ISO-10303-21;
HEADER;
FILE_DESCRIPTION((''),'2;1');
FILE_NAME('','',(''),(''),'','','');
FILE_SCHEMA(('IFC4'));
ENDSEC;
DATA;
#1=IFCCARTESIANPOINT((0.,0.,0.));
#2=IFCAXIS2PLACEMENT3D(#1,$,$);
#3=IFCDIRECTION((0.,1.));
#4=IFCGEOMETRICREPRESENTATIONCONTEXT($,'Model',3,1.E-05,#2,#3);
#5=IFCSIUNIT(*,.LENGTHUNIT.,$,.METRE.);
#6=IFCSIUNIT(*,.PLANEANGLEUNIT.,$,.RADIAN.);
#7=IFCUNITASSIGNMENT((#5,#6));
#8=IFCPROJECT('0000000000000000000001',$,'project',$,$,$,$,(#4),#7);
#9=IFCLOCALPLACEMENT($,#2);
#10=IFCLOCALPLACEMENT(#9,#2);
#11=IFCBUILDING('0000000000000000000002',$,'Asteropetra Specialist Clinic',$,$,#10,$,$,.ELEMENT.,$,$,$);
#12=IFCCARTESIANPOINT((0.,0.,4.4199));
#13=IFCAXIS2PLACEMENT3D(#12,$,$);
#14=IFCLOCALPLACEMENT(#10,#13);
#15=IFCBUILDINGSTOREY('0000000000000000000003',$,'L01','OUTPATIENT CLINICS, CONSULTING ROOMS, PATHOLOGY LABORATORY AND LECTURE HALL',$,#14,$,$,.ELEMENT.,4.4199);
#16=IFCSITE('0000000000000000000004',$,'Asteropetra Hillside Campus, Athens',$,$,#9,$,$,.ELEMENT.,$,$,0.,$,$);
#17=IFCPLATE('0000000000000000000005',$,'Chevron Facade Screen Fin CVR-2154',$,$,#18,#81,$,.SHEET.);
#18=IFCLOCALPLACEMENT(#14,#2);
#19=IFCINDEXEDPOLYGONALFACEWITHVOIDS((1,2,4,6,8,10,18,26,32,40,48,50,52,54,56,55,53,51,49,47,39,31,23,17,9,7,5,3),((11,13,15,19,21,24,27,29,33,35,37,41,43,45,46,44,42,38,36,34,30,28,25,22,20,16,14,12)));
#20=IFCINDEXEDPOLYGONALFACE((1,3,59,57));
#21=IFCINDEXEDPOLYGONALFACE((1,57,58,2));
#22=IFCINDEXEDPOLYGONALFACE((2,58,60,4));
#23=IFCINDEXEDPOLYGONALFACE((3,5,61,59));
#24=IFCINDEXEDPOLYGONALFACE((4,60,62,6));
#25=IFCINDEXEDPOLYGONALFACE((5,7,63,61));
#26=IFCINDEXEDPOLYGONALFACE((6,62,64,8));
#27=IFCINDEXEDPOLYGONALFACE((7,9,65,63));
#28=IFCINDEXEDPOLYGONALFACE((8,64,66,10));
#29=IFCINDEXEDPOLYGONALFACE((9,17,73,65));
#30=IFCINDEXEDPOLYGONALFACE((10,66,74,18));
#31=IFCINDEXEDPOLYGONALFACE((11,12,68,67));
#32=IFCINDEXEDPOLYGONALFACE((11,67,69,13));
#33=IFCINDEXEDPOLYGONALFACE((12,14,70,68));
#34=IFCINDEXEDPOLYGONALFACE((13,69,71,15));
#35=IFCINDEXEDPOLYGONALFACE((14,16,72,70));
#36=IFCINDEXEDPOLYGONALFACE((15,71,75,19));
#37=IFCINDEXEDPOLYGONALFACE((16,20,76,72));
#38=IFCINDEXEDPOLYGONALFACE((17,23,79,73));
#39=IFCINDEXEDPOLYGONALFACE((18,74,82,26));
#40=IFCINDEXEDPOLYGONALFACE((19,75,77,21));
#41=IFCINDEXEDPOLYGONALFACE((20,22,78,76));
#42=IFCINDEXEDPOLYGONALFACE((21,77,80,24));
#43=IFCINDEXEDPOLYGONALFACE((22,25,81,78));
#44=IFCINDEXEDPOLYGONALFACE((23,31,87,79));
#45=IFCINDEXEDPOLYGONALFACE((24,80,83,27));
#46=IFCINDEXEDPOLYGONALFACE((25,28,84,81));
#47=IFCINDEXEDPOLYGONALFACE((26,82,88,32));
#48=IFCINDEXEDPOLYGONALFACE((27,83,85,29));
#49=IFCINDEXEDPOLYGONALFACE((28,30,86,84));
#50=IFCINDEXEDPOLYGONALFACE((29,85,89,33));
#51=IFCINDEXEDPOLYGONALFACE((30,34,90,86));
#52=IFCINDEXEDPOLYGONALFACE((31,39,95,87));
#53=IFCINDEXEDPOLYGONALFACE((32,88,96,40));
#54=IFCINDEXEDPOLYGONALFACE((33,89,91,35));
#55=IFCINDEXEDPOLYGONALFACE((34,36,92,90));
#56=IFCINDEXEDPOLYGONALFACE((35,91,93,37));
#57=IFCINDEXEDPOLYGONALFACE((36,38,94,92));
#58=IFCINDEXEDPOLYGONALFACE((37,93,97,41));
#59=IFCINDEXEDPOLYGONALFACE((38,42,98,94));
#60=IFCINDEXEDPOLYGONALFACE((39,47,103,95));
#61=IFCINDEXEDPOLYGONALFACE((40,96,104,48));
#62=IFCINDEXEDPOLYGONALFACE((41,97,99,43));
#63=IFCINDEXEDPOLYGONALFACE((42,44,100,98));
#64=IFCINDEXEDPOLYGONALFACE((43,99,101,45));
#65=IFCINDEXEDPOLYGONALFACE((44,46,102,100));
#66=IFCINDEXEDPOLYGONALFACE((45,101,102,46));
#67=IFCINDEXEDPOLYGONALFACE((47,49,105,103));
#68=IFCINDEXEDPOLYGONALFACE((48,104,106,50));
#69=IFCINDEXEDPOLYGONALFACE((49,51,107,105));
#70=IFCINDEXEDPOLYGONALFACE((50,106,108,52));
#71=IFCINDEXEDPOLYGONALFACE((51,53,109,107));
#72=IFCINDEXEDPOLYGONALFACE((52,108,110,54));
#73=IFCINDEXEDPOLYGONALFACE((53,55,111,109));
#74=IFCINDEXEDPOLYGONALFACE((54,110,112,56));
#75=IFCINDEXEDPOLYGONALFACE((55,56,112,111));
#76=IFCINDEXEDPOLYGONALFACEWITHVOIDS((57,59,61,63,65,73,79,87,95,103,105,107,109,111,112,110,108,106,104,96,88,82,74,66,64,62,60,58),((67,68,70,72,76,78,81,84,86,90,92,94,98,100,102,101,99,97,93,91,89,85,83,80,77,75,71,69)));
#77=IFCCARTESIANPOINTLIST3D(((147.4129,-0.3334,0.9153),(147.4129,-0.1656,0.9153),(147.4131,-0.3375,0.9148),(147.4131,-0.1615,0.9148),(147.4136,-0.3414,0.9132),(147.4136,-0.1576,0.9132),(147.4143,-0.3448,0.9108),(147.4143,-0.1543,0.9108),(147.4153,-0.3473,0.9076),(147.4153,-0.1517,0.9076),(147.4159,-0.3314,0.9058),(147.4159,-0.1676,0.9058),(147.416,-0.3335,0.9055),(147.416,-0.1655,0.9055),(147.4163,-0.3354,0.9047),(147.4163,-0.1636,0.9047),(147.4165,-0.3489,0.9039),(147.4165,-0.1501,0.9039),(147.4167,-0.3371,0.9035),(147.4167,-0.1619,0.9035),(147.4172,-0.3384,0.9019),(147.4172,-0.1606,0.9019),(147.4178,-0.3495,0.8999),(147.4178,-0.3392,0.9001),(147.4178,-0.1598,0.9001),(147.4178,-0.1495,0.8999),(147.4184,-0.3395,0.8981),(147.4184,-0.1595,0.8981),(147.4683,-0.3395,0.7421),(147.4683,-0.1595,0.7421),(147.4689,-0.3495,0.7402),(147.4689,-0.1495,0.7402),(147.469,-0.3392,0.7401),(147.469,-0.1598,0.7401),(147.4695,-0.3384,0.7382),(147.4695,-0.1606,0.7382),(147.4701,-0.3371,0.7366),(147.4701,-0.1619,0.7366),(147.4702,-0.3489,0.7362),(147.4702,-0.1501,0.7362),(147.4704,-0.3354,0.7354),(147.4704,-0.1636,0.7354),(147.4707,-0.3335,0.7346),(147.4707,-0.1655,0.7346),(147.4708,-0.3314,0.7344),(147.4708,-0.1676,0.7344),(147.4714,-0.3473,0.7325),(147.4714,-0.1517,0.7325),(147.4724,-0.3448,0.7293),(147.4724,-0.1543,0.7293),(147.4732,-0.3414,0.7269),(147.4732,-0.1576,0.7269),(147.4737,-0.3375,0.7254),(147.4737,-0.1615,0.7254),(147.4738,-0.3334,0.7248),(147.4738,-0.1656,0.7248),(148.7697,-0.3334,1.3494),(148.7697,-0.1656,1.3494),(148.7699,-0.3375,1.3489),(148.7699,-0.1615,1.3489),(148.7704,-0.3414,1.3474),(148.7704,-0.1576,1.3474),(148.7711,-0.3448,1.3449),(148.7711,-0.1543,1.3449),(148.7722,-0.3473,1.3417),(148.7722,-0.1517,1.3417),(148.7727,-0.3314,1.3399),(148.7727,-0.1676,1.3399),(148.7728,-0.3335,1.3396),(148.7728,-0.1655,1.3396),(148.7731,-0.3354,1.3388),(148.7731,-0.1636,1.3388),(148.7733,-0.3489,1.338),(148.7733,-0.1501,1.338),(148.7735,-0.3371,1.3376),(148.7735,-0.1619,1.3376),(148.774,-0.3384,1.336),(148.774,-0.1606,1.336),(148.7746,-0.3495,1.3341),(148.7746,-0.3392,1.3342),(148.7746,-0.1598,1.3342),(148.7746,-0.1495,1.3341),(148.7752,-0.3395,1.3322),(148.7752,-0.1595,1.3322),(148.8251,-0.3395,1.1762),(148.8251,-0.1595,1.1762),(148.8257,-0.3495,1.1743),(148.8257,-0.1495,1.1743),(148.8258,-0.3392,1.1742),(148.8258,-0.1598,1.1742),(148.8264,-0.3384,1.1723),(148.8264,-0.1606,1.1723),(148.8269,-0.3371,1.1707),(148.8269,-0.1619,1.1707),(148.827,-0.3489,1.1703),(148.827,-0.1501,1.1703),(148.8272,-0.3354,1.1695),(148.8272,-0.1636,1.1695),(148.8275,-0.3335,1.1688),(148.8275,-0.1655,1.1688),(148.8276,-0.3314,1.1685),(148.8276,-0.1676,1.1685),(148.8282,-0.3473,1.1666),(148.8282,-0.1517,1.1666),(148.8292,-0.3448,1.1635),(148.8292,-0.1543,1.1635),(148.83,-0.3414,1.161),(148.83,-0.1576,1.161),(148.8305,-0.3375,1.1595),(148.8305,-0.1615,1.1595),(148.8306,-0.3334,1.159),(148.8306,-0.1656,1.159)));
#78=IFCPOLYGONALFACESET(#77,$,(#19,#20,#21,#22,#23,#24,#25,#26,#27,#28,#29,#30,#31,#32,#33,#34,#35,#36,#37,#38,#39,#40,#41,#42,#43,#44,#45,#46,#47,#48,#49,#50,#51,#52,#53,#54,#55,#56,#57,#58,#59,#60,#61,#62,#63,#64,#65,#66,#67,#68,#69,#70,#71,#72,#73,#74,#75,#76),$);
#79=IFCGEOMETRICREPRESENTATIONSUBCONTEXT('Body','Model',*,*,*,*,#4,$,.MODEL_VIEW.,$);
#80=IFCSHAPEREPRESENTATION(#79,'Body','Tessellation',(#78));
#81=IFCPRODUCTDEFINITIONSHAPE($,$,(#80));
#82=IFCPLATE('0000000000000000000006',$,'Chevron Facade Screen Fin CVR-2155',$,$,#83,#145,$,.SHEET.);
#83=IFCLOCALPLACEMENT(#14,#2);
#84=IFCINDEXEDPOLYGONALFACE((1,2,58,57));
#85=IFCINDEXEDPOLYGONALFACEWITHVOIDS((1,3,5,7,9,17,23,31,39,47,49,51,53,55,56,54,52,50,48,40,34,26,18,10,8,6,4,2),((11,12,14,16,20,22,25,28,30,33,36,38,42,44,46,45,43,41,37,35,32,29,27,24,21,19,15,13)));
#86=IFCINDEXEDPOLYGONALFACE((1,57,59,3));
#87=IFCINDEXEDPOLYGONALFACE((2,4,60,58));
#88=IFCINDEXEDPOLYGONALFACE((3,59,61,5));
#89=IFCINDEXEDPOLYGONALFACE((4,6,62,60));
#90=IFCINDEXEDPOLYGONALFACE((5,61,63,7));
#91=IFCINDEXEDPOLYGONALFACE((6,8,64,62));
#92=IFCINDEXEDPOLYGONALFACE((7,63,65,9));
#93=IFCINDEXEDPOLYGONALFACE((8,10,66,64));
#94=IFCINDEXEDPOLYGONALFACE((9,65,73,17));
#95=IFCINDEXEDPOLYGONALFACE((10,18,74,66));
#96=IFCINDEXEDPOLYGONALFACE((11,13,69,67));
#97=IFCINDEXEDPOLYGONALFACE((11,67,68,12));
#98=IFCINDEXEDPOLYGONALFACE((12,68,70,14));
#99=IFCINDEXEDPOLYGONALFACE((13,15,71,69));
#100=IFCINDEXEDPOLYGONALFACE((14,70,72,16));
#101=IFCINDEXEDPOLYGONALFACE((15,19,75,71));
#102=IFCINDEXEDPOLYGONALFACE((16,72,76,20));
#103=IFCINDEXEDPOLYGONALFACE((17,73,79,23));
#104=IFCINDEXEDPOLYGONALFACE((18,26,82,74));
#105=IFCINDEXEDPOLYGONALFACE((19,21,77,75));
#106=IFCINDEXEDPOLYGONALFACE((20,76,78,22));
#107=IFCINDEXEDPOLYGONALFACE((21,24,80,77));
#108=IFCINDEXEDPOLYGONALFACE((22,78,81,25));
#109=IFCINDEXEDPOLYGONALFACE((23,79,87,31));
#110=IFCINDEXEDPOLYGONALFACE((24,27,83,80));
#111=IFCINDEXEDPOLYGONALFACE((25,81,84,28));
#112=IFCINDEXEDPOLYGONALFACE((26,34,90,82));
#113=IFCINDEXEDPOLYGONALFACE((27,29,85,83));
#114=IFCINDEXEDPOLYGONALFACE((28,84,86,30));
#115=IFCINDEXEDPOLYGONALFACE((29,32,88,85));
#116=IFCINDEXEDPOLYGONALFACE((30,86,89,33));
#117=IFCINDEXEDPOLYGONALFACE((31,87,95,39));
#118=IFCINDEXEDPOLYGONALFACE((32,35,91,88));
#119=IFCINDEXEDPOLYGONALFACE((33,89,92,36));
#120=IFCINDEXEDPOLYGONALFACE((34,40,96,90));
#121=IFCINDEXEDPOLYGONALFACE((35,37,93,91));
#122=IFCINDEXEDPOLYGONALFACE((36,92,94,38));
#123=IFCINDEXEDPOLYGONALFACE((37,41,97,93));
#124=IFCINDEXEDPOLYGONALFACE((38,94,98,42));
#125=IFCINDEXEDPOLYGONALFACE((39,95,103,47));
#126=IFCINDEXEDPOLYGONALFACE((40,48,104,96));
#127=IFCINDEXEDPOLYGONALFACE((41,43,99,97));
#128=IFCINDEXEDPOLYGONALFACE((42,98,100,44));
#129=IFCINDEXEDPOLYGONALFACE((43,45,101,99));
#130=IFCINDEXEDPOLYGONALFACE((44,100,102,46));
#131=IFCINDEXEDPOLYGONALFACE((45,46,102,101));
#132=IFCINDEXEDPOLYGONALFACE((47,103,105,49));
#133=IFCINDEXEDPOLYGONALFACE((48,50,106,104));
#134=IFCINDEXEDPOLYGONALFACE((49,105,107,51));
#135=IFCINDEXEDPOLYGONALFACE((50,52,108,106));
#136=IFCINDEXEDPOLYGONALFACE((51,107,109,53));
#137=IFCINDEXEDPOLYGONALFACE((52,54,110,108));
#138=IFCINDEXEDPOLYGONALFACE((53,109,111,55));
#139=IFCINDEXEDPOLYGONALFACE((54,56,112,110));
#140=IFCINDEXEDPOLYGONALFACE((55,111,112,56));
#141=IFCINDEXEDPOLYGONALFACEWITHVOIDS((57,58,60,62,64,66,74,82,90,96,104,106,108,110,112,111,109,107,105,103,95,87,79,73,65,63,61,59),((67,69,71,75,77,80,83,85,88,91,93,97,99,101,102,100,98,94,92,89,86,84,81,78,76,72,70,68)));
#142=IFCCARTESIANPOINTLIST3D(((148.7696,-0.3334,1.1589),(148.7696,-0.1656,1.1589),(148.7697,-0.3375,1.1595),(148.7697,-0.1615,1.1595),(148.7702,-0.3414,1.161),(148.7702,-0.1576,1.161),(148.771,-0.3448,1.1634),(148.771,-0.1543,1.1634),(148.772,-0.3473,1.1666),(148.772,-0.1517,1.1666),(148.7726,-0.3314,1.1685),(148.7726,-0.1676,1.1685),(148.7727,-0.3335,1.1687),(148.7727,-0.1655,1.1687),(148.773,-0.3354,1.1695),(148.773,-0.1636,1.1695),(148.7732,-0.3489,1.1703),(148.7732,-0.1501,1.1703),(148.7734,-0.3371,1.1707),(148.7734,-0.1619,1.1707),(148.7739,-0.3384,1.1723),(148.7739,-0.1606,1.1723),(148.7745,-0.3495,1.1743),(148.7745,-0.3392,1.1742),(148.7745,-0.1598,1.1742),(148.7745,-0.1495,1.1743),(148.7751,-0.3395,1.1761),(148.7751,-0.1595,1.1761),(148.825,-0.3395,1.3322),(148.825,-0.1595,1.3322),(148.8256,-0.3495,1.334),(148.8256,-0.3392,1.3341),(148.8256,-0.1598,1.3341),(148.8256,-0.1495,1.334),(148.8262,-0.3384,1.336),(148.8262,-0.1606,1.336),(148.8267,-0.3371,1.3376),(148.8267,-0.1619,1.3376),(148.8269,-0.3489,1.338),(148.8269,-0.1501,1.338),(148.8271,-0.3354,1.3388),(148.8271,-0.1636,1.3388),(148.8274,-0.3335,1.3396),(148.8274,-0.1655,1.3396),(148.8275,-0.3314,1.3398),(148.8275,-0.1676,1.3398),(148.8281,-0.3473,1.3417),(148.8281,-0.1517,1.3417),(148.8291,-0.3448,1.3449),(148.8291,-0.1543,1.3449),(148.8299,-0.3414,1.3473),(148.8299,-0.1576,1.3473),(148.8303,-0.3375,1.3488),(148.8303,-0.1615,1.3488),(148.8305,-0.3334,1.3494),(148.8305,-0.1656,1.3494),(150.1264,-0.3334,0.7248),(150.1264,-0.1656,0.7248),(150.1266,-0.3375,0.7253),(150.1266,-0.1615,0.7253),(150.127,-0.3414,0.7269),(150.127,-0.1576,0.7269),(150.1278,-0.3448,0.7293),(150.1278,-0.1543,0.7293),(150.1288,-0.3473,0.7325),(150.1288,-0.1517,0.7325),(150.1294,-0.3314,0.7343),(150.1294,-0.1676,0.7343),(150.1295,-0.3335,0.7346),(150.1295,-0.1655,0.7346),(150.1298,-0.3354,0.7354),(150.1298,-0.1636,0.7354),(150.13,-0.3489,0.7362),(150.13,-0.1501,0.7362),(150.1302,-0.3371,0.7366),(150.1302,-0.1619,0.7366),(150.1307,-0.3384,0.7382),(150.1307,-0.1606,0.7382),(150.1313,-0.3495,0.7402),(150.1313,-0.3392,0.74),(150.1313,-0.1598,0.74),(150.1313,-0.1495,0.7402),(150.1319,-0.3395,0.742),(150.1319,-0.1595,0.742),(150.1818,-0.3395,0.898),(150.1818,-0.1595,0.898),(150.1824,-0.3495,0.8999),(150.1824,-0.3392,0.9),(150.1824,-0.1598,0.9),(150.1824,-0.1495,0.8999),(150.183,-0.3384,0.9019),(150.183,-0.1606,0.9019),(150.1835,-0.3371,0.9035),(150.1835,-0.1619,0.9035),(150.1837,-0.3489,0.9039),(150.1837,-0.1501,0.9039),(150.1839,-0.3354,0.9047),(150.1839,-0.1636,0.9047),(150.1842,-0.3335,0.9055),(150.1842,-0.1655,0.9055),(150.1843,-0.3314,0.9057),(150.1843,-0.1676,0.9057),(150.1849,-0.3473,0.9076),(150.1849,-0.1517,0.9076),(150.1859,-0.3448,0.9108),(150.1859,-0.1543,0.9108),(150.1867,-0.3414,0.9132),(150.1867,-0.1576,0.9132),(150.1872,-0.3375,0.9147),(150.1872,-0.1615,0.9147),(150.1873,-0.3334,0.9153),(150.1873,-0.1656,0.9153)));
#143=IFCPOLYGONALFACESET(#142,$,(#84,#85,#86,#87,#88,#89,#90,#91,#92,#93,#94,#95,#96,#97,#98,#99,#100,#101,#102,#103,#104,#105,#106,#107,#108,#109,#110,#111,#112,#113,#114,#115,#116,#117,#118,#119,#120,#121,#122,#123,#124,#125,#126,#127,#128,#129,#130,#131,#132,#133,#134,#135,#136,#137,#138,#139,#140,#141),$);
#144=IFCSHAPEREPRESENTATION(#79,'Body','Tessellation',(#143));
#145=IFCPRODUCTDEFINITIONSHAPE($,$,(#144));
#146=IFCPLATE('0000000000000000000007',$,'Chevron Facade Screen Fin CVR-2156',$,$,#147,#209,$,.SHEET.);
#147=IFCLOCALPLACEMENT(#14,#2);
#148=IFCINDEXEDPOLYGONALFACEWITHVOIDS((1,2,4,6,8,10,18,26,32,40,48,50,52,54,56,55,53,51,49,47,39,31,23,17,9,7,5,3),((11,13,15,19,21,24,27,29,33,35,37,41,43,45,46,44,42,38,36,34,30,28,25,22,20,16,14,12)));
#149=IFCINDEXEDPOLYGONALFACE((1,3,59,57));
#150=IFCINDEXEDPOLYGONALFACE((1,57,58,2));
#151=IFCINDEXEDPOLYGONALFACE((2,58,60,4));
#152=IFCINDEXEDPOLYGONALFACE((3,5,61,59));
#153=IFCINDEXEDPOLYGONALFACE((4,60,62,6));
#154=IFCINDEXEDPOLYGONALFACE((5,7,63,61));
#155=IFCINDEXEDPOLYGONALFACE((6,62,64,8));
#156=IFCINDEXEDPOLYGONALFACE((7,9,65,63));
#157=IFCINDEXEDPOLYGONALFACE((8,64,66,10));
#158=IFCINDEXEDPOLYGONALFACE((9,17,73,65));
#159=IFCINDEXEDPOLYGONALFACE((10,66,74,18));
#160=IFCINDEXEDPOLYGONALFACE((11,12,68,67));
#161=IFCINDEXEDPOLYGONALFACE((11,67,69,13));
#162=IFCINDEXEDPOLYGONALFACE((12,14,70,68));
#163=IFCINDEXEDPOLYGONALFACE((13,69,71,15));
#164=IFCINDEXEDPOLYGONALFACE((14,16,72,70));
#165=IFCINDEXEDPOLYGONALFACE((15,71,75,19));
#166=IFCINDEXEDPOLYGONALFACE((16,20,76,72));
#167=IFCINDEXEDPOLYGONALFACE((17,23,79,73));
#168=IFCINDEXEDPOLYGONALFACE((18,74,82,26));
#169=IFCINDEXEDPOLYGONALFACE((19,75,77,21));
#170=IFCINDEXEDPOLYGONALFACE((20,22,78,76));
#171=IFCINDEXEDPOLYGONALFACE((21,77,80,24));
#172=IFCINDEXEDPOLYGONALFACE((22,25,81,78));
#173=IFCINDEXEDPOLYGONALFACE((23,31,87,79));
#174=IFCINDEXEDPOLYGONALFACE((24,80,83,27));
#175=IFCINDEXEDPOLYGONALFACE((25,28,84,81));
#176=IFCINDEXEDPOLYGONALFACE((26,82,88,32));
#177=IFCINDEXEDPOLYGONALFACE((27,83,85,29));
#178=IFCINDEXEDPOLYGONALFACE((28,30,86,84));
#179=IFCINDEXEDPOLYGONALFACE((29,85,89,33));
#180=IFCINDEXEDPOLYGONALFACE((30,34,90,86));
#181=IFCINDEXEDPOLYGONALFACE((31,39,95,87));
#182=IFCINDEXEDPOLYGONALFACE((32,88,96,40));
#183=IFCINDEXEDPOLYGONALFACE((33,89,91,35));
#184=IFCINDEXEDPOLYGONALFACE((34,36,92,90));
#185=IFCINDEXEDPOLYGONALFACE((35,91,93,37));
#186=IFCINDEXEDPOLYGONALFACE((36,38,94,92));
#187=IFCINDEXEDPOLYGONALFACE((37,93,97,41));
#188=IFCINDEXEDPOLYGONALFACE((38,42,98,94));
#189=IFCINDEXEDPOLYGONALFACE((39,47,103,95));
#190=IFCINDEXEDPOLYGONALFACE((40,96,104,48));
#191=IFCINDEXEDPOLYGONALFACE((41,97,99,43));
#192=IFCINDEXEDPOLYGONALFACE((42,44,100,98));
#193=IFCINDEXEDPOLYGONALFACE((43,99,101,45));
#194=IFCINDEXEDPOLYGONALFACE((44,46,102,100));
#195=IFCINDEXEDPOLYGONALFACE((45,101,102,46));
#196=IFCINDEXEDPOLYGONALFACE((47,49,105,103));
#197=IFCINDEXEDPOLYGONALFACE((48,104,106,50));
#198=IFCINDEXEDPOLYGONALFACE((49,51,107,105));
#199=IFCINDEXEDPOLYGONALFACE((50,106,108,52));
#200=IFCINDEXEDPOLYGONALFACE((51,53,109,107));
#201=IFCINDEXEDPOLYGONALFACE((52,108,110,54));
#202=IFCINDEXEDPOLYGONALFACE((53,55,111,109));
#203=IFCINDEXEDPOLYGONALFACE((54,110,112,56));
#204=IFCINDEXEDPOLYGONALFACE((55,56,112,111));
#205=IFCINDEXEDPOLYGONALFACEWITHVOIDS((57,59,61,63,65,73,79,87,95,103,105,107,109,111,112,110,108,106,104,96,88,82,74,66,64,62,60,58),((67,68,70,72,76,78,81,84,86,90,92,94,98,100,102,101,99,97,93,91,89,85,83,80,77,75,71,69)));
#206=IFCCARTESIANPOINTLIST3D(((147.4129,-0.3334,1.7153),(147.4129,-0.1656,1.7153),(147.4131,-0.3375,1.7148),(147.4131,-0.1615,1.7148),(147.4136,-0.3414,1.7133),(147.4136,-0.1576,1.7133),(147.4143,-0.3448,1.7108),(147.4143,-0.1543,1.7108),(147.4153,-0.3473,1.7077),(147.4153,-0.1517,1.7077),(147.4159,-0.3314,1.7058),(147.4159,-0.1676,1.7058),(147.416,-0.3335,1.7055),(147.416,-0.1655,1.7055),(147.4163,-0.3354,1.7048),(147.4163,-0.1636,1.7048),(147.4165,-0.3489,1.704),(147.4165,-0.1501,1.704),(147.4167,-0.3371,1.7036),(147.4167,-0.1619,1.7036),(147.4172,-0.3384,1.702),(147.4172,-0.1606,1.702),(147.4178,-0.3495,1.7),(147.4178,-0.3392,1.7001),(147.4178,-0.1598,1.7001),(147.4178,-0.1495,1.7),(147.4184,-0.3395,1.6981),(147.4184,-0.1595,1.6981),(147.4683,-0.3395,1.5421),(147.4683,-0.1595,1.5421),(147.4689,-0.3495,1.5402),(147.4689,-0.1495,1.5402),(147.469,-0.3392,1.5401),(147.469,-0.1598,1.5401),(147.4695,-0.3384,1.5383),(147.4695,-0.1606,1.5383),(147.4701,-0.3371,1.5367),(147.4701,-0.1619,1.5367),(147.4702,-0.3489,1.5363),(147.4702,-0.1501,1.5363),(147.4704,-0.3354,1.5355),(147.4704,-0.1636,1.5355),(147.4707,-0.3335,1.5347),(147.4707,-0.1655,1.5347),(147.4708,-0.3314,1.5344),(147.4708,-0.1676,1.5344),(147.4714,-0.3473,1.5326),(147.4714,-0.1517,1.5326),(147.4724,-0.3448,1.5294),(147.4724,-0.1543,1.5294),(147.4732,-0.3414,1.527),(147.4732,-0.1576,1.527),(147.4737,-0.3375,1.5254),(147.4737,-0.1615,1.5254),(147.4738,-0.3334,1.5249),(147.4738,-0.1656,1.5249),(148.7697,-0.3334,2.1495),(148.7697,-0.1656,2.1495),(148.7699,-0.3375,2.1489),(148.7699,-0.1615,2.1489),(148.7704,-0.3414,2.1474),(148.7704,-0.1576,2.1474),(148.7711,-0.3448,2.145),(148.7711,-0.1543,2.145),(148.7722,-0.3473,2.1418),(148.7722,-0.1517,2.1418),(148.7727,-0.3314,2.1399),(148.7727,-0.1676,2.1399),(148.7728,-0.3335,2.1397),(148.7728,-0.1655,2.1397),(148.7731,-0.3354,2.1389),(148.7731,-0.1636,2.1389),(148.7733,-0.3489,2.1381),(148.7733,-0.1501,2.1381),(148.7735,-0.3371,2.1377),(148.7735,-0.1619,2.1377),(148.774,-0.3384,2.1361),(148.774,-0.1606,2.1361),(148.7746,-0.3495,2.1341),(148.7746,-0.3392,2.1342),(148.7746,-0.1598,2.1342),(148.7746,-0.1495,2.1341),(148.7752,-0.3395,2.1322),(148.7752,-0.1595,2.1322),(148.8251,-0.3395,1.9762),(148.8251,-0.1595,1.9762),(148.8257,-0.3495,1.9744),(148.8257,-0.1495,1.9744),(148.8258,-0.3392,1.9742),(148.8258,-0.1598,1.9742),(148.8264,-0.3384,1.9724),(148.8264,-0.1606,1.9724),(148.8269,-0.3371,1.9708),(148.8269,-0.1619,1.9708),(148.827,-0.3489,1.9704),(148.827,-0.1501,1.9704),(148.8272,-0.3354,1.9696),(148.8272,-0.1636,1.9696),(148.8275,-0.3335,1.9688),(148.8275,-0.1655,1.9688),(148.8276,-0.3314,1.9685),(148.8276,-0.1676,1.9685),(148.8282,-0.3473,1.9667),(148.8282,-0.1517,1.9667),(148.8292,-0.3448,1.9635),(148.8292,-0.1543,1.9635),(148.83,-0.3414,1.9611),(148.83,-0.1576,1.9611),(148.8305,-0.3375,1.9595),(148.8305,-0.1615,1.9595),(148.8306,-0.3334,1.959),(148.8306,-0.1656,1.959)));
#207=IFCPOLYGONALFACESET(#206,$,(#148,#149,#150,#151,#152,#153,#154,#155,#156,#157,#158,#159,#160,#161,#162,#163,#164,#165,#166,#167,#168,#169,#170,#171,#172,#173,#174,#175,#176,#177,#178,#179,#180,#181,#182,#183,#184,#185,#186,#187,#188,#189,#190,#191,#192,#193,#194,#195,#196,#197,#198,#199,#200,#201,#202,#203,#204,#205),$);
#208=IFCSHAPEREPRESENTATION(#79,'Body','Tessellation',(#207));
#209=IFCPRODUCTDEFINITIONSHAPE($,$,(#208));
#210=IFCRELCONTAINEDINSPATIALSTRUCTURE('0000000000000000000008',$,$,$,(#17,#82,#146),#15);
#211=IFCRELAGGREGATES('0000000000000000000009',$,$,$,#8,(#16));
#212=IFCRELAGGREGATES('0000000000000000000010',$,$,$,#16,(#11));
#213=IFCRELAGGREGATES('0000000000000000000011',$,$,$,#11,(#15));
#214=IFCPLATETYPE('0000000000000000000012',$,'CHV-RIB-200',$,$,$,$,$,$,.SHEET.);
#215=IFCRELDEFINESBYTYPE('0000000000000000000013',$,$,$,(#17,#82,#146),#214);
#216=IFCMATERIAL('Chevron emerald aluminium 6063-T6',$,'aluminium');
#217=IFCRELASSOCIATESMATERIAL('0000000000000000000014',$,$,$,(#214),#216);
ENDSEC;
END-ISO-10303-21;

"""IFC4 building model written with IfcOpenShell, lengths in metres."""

from ifc_helpers import new_model, si_unit, direction, frame, origin, origin_2d, place, context, subcontext, project, spatial, hollow_rectangle, extrude, material, material_profile, profile_set, type_object, element, save


model = new_model("IFC4")

# Units and contexts
model_context = context("Model", 3, precision=1e-05, world=origin(), true_north=direction((0.0, 1.0)))
body_context = subcontext(model_context, "Body", "Model", "MODEL_VIEW")
ifc_project = project(units=[si_unit("LENGTHUNIT", "METRE"), si_unit("PLANEANGLEUNIT", "RADIAN")], contexts=[model_context])

# Site, building, storey
site_placement = place(None, origin())
site = spatial("IfcSite", under=ifc_project, at=site_placement, Name="Asteropetra Hillside Campus, Athens", CompositionType="ELEMENT", RefElevation=0.0)
building_placement = place(site_placement, origin())
building = spatial("IfcBuilding", under=site, at=building_placement, Name="Asteropetra Specialist Clinic", CompositionType="ELEMENT")
storey_placement = place(building_placement, frame((0.0, 0.0, 4.4199)))
storey = spatial("IfcBuildingStorey", under=building, at=storey_placement, Name="L01", Description="OUTPATIENT CLINICS, CONSULTING ROOMS, PATHOLOGY LABORATORY AND LECTURE HALL", CompositionType="ELEMENT", Elevation=4.4199)

# Plates
ifc_material_1 = material(Name="Chevron emerald aluminium 6063-T6", Category="aluminium")
ifc_material_profile_1 = material_profile(ifc_material_1, hollow_rectangle(XDim=0.2, YDim=0.2, WallThickness=0.01, InnerFilletRadius=0.0081, OuterFilletRadius=0.0161, at=origin_2d()), Name="SHS 200x200x10.0")
ifc_profile_set_1 = profile_set([ifc_material_profile_1], Name="Chevron emerald aluminium 6063-T6")
plate_type = type_object("IfcPlateType", Name="CHV-RIB-200", PredefinedType="SHEET", material=ifc_profile_set_1)
for number, where, z_axis, x_axis, name in (
    (1, (147.4434, -0.2495, 0.8201), (0.952436, 0.0, 0.304738), (0.0, 1.0, 0.0), "Chevron Facade Screen Fin CVR-2154"),
    (2, (148.8, -0.2495, 1.2542), (0.952436, 0.0, -0.304738), (0.0, 1.0, 0.0), "Chevron Facade Screen Fin CVR-2155"),
    (3, (147.4434, -0.2495, 1.6201), (0.952436, 0.0, 0.304738), (0.0, 1.0, 0.0), "Chevron Facade Screen Fin CVR-2156"),
):
    element("IfcPlate", number, at=place(storey_placement, frame(where, z_axis=z_axis, x_axis=x_axis)), inside=storey, type_object=plate_type, Name=name, PredefinedType="SHEET", context=body_context, shape_type="SweptSolid", body=[
        extrude(hollow_rectangle(XDim=0.2, YDim=0.2, WallThickness=0.01, InnerFilletRadius=0.0081, OuterFilletRadius=0.0161, at=origin_2d()), origin(), (0.0, 0.0, 1.0), 1.4246),
    ])

save(model, "model.ifc")
